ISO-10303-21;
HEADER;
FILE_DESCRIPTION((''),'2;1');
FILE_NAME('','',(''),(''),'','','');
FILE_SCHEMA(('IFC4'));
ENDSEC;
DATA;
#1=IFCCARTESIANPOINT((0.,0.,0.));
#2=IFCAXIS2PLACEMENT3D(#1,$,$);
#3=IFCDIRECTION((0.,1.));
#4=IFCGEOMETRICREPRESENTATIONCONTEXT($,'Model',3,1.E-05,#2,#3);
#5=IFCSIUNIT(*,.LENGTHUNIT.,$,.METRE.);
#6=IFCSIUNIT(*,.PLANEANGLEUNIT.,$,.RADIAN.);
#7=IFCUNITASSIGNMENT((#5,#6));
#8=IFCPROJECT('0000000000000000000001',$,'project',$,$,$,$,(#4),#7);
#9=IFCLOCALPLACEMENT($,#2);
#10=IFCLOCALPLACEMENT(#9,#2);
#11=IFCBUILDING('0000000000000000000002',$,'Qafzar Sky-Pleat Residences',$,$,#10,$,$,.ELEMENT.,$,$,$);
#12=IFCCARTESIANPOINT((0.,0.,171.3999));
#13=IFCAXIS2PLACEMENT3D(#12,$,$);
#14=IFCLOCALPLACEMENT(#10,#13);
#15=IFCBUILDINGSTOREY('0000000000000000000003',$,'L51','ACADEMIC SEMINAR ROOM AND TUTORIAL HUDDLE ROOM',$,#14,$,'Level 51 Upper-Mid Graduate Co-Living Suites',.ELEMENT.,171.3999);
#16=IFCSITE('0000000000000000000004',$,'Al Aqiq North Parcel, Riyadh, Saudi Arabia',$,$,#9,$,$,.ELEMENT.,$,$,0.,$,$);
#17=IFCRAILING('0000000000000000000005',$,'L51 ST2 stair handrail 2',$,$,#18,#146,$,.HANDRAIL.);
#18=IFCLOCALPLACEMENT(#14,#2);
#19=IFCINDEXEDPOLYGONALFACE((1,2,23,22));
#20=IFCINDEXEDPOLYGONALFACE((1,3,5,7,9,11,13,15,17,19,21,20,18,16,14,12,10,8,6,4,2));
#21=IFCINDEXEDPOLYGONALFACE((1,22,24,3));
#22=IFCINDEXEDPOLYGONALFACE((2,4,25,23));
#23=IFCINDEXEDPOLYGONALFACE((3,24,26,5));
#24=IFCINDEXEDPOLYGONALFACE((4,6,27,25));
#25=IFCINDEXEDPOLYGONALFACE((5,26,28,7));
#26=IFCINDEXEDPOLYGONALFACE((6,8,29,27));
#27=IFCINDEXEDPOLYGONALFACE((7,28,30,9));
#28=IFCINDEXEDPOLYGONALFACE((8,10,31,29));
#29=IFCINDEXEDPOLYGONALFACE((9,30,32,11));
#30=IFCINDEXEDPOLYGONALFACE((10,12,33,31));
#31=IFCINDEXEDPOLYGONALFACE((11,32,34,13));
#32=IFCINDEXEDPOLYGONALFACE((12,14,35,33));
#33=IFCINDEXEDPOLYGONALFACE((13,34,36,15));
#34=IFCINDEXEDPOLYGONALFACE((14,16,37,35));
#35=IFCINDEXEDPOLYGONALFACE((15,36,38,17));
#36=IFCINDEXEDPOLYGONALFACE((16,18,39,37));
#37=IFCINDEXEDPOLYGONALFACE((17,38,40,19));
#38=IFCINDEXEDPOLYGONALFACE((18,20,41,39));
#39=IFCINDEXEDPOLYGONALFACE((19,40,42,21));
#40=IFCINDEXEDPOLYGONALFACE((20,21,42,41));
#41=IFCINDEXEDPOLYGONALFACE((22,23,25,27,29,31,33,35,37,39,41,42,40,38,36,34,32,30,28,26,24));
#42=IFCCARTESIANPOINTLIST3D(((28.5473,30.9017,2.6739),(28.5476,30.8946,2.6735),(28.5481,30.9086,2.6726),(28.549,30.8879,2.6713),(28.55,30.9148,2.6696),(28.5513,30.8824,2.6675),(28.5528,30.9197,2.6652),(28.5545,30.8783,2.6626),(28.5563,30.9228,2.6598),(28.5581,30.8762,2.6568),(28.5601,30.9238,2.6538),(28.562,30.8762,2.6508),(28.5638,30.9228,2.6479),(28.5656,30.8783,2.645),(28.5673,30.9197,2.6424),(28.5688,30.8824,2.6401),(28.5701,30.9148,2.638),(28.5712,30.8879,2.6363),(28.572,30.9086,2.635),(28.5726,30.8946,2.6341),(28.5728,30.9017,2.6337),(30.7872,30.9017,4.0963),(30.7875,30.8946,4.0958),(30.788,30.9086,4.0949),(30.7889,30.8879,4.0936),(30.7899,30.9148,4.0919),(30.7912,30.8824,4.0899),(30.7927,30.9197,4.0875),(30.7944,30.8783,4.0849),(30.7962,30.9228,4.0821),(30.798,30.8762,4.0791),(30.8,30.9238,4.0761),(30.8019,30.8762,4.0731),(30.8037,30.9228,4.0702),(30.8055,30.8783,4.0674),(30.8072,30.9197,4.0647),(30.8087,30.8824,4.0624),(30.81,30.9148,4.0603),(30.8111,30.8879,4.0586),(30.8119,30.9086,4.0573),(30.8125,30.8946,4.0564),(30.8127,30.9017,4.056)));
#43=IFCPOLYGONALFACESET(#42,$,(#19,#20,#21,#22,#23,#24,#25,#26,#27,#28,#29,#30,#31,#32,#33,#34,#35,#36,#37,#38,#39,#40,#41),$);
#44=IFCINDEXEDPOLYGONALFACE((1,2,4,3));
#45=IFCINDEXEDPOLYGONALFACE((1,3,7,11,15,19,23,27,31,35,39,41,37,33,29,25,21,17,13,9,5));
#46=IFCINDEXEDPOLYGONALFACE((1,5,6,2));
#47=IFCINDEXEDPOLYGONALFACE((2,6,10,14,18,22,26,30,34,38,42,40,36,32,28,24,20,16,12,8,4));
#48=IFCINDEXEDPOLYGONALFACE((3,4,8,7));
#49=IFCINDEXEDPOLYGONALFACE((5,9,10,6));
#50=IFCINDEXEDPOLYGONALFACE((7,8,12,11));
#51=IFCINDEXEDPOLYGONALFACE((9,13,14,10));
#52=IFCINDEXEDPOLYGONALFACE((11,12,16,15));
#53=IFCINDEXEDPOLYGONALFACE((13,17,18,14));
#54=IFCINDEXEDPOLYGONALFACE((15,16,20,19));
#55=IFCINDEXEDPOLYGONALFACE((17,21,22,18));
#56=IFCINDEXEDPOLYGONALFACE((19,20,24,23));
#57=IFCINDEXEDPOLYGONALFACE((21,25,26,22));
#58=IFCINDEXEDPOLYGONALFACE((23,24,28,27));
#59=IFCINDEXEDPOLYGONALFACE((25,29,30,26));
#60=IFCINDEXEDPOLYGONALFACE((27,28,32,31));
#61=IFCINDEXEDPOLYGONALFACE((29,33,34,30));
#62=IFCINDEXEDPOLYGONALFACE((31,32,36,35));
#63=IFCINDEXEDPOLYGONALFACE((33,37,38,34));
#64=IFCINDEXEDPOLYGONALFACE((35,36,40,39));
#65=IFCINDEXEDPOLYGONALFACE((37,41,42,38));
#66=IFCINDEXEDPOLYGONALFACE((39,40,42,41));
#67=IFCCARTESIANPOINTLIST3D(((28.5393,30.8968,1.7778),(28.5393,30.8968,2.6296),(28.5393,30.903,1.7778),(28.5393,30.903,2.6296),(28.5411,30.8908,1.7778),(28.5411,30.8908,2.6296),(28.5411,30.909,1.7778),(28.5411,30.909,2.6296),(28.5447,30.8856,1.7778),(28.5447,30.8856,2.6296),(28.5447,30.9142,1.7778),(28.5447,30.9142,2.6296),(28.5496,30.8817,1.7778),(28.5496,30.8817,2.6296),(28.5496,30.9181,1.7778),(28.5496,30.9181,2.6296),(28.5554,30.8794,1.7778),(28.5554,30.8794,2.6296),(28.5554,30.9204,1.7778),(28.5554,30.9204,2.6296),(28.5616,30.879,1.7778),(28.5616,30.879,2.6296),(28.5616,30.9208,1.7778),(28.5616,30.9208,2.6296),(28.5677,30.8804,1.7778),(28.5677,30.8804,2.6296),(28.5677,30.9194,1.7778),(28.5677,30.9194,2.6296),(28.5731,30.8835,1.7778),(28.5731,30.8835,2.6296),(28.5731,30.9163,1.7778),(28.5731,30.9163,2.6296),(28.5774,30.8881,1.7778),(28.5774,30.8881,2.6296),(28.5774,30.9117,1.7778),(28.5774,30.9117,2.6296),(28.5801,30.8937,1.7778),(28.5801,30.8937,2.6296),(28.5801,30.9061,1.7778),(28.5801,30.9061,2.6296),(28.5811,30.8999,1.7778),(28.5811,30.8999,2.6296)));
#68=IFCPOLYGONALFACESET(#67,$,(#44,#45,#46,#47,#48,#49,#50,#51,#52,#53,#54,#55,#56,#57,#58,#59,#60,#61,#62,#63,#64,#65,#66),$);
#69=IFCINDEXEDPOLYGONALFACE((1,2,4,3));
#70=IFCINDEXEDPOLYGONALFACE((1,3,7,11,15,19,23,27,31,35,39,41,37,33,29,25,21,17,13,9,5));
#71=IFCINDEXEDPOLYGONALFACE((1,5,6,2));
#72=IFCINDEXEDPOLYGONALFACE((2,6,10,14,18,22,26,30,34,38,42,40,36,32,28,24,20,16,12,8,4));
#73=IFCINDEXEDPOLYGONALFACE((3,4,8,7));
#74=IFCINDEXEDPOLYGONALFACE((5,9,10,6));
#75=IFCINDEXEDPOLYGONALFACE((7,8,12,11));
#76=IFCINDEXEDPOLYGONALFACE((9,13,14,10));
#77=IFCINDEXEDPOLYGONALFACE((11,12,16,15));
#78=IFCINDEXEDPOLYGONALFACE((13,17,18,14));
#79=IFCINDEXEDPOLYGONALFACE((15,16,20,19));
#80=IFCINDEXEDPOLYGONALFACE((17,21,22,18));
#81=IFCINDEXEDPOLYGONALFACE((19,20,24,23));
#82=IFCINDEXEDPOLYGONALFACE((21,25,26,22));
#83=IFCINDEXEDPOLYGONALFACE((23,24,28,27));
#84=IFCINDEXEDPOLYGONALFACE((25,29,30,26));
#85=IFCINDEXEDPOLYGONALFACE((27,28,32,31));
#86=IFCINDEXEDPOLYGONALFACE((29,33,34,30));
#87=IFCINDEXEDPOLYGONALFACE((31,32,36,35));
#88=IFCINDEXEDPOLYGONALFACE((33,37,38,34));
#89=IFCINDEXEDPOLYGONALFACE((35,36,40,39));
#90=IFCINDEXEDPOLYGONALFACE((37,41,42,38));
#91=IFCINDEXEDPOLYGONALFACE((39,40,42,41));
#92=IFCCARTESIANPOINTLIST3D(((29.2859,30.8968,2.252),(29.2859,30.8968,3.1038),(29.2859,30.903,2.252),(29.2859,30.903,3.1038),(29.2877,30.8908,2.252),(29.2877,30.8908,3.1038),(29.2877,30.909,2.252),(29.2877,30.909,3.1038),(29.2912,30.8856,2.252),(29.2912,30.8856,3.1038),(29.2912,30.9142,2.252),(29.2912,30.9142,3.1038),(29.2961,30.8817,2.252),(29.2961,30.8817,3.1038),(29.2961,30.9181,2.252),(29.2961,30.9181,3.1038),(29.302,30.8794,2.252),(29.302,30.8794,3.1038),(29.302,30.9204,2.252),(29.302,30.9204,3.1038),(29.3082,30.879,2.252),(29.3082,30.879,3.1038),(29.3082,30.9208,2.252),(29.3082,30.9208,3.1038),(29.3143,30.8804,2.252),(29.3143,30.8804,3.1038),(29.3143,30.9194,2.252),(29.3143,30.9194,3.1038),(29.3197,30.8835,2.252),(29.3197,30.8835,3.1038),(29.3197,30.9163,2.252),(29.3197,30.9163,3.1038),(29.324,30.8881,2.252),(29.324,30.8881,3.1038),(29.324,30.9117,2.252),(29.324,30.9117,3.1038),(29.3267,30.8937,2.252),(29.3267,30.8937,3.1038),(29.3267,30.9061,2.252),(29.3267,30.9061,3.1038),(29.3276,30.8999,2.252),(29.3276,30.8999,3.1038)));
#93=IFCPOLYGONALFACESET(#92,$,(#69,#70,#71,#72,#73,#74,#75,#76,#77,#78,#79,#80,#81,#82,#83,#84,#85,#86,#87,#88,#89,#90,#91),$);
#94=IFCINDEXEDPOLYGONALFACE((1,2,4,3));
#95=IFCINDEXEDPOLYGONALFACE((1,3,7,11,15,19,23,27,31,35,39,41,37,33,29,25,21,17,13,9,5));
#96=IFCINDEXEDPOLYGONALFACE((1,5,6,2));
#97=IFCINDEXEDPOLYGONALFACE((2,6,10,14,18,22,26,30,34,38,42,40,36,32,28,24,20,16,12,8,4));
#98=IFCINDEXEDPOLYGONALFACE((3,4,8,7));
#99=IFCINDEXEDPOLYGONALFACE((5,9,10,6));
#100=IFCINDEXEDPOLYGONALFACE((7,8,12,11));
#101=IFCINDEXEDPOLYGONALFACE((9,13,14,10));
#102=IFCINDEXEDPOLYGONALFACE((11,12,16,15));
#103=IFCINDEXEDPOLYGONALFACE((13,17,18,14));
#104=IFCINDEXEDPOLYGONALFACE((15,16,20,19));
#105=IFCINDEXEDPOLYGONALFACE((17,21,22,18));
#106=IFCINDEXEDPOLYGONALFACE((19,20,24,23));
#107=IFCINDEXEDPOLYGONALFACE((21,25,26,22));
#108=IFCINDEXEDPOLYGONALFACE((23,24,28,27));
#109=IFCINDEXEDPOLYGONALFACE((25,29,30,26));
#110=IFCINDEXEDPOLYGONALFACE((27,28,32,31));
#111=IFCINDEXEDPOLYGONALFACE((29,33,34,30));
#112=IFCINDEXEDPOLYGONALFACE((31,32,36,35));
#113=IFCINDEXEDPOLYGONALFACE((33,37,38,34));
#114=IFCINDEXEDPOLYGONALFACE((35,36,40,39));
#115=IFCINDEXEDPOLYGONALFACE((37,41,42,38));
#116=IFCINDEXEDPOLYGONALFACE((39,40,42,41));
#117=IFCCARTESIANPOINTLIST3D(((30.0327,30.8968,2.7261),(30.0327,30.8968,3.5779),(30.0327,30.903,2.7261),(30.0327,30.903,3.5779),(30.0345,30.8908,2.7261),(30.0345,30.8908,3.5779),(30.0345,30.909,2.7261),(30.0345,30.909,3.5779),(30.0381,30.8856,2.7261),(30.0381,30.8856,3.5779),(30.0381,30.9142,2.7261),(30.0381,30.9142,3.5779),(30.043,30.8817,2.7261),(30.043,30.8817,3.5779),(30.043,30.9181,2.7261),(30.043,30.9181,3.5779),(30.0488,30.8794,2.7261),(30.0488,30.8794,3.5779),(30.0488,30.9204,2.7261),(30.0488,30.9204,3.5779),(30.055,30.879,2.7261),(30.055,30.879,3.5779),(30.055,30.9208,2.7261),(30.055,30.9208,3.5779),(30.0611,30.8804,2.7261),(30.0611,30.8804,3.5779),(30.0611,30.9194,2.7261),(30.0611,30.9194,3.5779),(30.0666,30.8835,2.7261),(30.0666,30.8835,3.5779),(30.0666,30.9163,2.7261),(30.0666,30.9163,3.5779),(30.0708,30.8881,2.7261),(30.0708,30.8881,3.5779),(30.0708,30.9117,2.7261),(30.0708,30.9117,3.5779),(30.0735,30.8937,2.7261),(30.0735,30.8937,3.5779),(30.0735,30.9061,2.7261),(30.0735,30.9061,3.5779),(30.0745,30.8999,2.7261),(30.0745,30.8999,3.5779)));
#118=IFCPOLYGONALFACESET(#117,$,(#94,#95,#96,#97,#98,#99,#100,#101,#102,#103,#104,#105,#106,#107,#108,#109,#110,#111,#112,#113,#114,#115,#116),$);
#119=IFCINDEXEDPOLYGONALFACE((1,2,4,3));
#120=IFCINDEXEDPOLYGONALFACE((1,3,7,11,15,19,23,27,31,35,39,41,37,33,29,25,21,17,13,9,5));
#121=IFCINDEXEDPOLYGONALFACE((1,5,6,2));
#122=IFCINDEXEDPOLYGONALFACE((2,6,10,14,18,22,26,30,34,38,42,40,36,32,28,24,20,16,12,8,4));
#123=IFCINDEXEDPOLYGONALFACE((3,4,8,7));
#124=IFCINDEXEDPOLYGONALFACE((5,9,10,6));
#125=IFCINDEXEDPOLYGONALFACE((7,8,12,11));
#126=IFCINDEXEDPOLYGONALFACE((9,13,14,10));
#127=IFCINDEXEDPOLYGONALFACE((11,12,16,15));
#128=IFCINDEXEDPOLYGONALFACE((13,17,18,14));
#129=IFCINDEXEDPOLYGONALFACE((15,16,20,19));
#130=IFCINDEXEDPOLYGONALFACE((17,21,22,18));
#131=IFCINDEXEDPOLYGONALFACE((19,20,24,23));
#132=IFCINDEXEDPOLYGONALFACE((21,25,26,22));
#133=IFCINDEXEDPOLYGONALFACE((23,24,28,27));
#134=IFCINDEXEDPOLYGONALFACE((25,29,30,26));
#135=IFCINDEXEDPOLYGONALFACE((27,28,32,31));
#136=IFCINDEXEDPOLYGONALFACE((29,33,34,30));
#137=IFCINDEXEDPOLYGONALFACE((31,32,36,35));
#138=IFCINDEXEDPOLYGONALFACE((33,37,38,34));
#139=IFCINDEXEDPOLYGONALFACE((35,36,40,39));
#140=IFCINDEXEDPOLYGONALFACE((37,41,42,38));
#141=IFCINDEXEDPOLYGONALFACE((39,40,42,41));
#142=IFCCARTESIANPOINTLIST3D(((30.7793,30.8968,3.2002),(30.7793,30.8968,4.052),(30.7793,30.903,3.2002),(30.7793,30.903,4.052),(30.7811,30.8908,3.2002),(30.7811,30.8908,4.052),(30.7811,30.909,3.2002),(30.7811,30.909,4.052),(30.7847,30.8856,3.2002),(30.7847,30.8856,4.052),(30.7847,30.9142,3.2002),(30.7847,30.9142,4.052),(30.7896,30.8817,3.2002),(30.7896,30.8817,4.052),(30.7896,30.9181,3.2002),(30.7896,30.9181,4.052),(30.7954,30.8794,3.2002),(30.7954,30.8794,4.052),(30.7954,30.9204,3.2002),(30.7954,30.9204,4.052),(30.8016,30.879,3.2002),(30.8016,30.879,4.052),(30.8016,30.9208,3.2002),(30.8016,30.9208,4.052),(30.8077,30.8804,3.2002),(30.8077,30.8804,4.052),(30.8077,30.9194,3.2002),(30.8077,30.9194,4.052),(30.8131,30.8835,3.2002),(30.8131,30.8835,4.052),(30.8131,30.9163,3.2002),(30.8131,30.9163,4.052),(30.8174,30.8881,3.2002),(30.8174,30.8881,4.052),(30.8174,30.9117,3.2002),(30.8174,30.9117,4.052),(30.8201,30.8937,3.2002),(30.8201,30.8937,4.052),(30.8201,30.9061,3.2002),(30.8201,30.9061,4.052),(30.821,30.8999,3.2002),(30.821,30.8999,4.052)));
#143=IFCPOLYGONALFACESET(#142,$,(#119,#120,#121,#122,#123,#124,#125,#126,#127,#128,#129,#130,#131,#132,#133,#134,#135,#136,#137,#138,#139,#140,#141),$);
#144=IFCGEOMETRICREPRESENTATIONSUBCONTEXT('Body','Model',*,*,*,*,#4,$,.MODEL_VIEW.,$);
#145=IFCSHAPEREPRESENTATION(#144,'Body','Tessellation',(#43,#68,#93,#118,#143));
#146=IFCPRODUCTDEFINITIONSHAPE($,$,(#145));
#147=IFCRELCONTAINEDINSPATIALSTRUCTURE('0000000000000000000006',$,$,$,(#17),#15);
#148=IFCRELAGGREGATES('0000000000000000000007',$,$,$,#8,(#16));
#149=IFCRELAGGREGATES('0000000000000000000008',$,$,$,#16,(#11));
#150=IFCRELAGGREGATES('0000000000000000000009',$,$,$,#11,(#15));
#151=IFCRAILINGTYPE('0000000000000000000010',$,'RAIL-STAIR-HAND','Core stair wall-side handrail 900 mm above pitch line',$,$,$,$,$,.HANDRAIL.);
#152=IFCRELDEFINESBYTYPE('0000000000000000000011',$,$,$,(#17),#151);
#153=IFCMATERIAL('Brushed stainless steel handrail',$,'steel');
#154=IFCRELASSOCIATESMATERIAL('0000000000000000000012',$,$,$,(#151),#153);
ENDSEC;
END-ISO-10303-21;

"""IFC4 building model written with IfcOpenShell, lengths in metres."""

from ifc_helpers import new_model, si_unit, direction, frame, origin, origin_2d, place, context, subcontext, project, spatial, circle, extrude, source, transform, mapped, material, type_object, element, save


model = new_model("IFC4")

# Units and contexts
model_context = context("Model", 3, precision=1e-05, world=origin(), true_north=direction((0.0, 1.0)))
body_context = subcontext(model_context, "Body", "Model", "MODEL_VIEW")
ifc_project = project(units=[si_unit("LENGTHUNIT", "METRE"), si_unit("PLANEANGLEUNIT", "RADIAN")], contexts=[model_context])

# Site, building, storey
site_placement = place(None, origin())
site = spatial("IfcSite", under=ifc_project, at=site_placement, Name="Al Aqiq North Parcel, Riyadh, Saudi Arabia", CompositionType="ELEMENT", RefElevation=0.0)
building_placement = place(site_placement, origin())
building = spatial("IfcBuilding", under=site, at=building_placement, Name="Qafzar Sky-Pleat Residences", CompositionType="ELEMENT")
storey_placement = place(building_placement, frame((0.0, 0.0, 171.3999)))
storey = spatial("IfcBuildingStorey", under=building, at=storey_placement, Name="L51", Description="ACADEMIC SEMINAR ROOM AND TUTORIAL HUDDLE ROOM", LongName="Level 51 Upper-Mid Graduate Co-Living Suites", CompositionType="ELEMENT", Elevation=171.3999)

# Railing
ifc_material_1 = material(Name="Brushed stainless steel handrail", Category="steel")
railing_type_1 = type_object("IfcRailingType", Name="RAIL-STAIR-HAND", Description="Core stair wall-side handrail 900 mm above pitch line", PredefinedType="HANDRAIL", material=ifc_material_1)
shared_shape_1 = source(origin(), body_context, "Body", "SweptSolid", [
    extrude(circle(Radius=0.0239, at=origin_2d()), frame((0.0, 0.0, 0.876), z_axis=(0.844188, 0.0, 0.536048), x_axis=(0.0, 1.0, 0.0)), (0.0, 0.0, 1.0), 2.6533),
    extrude(circle(Radius=0.021, at=origin_2d()), origin(), (0.0, 0.0, 1.0), 0.8518),
    extrude(circle(Radius=0.021, at=origin_2d()), frame((0.7466, 0.0, 0.4741)), (0.0, 0.0, 1.0), 0.8518),
    extrude(circle(Radius=0.021, at=origin_2d()), frame((1.4934, 0.0, 0.9482)), (0.0, 0.0, 1.0), 0.8518),
    extrude(circle(Radius=0.021, at=origin_2d()), frame((2.24, 0.0, 1.4224)), (0.0, 0.0, 1.0), 0.8518),
])
railing_1_placement = place(storey_placement, frame((28.5601, 30.8999, 1.7778)))
element("IfcRailing", 1, at=railing_1_placement, inside=storey, type_object=railing_type_1, Name="L51 ST2 stair handrail 2", PredefinedType="HANDRAIL", context=body_context, shape_type="MappedRepresentation", body=[
    mapped(shared_shape_1, transform((0.0, 0.0, 0.0), x_axis=(1.0, 0.0, 0.0), y_axis=(0.0, 1.0, 0.0), z_axis=(0.0, 0.0, 1.0), scale=1.0)),
])

save(model, "model.ifc")
